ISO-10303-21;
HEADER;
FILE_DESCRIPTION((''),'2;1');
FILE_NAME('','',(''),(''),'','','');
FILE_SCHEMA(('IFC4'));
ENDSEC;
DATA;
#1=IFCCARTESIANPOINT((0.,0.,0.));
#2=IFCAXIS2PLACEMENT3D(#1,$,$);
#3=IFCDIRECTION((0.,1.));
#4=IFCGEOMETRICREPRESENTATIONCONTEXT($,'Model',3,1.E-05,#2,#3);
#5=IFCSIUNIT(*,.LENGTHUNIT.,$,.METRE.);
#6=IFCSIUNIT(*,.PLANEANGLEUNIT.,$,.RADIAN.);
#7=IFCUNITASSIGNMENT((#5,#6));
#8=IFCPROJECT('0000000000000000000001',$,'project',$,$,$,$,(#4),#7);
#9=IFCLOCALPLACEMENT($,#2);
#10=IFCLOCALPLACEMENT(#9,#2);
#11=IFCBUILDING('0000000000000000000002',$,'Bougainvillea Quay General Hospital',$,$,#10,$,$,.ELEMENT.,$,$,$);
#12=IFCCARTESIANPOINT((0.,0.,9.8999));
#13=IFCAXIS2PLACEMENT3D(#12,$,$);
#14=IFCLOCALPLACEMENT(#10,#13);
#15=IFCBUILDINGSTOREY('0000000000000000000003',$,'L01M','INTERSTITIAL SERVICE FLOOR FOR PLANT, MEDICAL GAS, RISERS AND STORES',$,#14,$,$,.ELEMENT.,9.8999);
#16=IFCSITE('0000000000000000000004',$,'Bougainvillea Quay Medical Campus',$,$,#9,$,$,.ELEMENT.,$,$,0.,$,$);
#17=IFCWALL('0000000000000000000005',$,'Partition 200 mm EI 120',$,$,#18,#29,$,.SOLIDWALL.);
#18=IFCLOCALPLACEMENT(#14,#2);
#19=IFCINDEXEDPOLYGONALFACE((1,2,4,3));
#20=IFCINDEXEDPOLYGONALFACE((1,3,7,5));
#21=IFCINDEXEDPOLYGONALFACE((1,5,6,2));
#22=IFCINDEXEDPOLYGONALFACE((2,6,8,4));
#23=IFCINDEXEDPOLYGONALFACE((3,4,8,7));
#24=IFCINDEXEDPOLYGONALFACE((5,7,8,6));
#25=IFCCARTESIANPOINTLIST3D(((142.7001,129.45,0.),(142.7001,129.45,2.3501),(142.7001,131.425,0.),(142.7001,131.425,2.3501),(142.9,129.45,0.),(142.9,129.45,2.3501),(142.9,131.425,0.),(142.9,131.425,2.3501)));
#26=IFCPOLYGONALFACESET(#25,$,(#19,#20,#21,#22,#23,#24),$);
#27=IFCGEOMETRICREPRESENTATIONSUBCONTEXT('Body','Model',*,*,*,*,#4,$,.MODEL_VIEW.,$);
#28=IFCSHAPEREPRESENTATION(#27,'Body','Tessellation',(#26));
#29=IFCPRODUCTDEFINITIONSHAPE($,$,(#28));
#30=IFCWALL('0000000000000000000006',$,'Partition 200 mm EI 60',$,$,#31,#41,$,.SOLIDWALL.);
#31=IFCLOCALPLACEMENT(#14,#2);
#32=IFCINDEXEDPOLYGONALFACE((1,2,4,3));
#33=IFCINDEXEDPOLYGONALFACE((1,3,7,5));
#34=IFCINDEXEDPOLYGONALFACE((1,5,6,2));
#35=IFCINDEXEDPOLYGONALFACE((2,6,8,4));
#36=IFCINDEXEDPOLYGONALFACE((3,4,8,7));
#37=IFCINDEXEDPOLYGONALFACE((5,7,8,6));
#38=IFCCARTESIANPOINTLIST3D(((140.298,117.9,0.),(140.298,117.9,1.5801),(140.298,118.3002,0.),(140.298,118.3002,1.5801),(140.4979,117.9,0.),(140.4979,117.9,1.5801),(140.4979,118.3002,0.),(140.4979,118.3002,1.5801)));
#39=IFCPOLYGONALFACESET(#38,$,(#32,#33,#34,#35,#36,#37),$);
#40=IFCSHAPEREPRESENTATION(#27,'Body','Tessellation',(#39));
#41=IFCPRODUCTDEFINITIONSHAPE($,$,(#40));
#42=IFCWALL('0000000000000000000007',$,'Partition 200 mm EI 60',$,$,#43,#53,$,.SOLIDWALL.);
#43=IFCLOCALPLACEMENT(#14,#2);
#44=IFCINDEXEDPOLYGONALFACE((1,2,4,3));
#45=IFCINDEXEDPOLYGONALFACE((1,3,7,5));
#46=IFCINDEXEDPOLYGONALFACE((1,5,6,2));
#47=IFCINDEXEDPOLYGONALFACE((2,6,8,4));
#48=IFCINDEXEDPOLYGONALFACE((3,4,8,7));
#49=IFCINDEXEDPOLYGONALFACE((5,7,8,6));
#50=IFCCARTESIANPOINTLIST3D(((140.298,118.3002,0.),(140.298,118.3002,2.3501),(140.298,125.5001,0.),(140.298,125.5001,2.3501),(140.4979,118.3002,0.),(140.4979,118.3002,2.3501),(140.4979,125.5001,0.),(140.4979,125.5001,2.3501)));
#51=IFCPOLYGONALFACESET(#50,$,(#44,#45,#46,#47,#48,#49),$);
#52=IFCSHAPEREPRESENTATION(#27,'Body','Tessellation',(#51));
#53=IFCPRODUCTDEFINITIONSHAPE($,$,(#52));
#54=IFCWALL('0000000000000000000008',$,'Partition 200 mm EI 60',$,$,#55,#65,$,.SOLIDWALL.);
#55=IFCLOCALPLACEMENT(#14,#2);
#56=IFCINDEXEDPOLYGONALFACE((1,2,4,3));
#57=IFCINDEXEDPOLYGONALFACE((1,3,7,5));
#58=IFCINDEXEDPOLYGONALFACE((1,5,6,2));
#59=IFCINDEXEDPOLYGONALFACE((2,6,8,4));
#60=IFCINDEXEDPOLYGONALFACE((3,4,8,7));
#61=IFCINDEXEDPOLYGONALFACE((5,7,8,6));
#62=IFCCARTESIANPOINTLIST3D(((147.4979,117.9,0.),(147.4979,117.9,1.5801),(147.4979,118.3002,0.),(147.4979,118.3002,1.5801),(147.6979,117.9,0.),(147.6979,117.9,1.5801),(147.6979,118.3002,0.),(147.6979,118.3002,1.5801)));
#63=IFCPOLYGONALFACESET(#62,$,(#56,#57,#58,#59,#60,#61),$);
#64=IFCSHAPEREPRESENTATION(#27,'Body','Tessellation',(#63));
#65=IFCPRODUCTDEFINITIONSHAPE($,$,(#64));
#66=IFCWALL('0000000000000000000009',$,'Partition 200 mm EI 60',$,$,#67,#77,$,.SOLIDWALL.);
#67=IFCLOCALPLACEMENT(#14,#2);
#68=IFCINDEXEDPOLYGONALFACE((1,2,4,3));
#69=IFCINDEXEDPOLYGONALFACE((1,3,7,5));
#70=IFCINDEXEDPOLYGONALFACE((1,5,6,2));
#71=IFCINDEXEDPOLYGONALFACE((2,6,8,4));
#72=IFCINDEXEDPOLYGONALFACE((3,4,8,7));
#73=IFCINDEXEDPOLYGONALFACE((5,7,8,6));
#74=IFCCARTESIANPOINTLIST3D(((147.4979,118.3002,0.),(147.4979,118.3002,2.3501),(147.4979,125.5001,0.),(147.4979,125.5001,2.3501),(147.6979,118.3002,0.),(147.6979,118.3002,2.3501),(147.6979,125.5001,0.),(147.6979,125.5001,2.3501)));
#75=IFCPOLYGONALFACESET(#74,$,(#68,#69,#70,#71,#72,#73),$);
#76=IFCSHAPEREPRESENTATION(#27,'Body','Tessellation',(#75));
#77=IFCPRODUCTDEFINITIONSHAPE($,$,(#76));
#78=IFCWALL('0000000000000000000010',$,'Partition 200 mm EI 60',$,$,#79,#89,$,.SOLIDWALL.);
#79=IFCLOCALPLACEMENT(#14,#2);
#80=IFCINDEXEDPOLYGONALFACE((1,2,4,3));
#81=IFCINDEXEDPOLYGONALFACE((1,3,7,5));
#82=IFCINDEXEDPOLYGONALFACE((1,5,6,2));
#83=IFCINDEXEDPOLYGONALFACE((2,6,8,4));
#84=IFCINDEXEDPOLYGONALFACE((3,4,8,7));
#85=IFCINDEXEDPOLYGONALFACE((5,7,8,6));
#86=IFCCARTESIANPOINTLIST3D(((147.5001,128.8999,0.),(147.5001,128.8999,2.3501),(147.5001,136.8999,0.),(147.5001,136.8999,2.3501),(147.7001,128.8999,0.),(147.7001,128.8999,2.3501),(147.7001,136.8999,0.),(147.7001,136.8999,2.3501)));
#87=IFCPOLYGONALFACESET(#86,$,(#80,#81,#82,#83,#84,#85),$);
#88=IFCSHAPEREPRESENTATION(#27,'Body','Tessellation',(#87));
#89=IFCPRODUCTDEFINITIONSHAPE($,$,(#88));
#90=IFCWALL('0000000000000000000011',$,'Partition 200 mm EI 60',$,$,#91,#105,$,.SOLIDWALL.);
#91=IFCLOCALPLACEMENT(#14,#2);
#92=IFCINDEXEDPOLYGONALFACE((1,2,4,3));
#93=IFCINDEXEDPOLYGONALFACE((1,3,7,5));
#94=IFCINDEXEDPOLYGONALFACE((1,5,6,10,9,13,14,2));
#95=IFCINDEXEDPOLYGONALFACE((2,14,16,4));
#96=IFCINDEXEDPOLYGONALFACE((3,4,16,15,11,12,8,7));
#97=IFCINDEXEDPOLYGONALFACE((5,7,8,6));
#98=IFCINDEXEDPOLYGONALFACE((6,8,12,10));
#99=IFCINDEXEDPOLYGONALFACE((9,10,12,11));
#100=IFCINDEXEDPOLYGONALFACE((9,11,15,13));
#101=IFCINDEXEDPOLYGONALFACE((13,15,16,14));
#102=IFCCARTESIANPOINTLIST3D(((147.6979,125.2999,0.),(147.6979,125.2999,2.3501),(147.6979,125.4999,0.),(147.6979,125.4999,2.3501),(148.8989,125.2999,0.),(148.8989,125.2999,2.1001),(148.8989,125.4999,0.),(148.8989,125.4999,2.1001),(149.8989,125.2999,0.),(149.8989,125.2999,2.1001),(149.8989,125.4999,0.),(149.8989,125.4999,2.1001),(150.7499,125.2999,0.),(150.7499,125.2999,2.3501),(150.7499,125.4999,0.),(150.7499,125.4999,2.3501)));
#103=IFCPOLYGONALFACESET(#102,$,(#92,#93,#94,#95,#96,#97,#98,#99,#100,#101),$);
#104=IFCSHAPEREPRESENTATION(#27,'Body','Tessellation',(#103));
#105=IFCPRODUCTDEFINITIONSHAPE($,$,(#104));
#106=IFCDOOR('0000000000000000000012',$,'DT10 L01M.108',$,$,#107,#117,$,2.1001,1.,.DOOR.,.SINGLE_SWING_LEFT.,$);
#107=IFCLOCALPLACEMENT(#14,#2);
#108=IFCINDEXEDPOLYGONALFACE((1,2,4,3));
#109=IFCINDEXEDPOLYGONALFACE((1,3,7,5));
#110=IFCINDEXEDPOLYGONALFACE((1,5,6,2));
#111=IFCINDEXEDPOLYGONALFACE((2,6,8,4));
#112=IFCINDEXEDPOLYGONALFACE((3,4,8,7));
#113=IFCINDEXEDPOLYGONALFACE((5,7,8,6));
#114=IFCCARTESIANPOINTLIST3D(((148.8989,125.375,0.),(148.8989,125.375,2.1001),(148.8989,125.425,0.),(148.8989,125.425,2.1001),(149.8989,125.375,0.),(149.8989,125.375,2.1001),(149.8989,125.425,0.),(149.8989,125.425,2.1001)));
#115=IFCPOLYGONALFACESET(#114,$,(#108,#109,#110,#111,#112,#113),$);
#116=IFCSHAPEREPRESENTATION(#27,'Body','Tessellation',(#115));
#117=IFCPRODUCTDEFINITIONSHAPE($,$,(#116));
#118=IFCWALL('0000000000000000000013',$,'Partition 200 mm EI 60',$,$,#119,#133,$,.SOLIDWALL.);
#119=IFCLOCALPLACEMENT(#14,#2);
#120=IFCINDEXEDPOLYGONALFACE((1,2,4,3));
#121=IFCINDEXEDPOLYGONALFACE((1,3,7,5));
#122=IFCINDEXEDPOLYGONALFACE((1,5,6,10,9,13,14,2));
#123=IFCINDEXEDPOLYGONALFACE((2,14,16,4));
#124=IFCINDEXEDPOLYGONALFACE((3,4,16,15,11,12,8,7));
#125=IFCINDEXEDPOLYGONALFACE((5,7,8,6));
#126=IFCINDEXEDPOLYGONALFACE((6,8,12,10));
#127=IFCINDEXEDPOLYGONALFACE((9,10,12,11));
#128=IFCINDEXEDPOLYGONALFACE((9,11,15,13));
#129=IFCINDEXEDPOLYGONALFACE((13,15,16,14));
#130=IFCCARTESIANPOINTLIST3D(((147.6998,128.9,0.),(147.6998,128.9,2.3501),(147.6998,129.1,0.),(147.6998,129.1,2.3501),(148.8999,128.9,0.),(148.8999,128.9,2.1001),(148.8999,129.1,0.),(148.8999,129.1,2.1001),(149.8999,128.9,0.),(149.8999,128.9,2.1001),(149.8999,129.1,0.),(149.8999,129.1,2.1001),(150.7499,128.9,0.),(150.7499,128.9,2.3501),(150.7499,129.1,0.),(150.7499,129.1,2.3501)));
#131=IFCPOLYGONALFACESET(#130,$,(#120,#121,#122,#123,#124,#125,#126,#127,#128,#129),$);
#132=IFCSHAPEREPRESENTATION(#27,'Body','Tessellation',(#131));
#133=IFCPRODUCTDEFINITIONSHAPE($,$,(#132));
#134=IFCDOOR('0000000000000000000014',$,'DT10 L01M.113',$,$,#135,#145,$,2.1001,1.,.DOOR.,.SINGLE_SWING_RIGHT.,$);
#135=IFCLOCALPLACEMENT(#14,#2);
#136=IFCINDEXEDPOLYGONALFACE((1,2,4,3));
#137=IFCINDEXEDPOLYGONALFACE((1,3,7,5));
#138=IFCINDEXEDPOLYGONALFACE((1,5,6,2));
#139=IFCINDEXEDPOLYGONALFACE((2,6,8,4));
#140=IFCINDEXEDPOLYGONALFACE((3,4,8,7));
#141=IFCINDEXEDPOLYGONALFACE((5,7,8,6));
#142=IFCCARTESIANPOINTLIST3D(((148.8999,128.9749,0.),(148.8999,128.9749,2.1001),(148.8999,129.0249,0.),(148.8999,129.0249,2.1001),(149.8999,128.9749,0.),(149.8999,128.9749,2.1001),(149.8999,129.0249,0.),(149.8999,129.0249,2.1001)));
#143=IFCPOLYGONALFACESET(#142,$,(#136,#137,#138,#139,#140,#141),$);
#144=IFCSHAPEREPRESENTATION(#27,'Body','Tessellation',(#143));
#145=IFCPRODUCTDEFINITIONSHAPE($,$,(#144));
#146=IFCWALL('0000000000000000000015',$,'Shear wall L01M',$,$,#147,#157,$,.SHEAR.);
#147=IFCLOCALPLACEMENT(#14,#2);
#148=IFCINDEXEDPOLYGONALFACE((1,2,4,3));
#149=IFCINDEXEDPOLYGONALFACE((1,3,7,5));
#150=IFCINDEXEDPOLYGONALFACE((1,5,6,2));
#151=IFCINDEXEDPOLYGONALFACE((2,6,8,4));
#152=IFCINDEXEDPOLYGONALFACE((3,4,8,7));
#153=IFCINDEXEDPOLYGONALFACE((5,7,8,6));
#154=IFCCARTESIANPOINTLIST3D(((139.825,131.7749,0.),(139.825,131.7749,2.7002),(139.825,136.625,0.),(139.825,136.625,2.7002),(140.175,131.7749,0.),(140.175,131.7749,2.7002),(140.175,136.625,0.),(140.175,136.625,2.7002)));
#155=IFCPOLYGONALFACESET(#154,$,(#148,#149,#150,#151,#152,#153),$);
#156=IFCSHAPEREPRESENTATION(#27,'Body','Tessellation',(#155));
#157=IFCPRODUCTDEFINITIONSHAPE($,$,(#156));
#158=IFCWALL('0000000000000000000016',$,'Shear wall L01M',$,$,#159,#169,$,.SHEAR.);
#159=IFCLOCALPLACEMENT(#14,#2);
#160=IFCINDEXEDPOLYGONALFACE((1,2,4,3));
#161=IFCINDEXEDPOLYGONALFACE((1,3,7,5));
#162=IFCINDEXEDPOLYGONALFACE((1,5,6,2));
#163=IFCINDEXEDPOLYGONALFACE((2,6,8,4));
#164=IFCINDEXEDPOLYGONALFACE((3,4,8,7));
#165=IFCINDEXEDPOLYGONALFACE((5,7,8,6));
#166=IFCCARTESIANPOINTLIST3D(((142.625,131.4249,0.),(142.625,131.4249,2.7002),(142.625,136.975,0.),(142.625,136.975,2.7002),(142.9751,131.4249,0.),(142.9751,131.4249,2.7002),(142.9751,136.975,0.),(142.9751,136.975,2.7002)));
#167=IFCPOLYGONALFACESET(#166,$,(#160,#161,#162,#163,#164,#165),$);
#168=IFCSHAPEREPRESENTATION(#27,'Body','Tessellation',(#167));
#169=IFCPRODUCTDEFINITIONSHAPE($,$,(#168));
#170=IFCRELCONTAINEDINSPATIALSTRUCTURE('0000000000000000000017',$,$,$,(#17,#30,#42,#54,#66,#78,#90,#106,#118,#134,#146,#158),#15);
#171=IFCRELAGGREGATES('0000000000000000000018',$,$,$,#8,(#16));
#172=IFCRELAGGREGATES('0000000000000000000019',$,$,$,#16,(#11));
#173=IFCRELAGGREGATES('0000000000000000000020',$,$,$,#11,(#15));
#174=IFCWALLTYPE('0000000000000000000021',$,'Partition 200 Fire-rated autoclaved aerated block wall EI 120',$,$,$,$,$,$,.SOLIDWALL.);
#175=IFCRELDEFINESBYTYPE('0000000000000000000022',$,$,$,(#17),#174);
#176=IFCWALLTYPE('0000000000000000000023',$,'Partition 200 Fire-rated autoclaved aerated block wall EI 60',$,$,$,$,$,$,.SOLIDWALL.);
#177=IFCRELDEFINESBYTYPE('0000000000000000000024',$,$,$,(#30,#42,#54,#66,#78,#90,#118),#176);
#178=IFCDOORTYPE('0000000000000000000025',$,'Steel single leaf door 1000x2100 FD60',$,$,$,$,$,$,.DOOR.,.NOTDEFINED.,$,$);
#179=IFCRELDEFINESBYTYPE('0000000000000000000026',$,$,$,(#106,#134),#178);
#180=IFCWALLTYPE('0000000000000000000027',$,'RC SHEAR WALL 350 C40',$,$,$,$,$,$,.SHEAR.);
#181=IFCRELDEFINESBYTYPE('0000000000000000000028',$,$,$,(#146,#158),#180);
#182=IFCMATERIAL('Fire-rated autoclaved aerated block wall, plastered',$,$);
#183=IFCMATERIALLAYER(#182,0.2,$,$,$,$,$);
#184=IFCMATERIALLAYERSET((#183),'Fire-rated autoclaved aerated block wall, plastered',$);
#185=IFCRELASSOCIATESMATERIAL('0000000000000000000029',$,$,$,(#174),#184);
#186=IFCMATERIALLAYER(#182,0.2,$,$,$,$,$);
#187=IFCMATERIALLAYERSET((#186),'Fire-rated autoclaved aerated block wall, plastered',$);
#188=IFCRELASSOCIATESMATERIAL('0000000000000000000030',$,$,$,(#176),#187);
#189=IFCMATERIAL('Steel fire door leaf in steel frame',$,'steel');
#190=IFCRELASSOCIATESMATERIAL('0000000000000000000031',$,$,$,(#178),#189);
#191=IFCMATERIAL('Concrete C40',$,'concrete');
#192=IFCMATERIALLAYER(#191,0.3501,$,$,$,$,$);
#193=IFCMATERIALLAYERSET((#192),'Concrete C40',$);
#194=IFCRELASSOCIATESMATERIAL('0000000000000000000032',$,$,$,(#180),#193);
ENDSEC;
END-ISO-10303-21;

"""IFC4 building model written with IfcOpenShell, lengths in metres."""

from ifc_helpers import new_model, si_unit, direction, frame, frame_2d, origin, place, context, subcontext, project, spatial, rectangle, extrude, material, layer, layer_set, type_object, element, fill, save


model = new_model("IFC4")

# Units and contexts
model_context = context("Model", 3, precision=1e-05, world=origin(), true_north=direction((0.0, 1.0)))
body_context = subcontext(model_context, "Body", "Model", "MODEL_VIEW")
ifc_project = project(units=[si_unit("LENGTHUNIT", "METRE"), si_unit("PLANEANGLEUNIT", "RADIAN")], contexts=[model_context])

# Site, building, storey
site_placement = place(None, origin())
site = spatial("IfcSite", under=ifc_project, at=site_placement, Name="Bougainvillea Quay Medical Campus", CompositionType="ELEMENT", RefElevation=0.0)
building_placement = place(site_placement, origin())
building = spatial("IfcBuilding", under=site, at=building_placement, Name="Bougainvillea Quay General Hospital", CompositionType="ELEMENT")
storey_placement = place(building_placement, frame((0.0, 0.0, 9.8999)))
storey = spatial("IfcBuildingStorey", under=building, at=storey_placement, Name="L01M", Description="INTERSTITIAL SERVICE FLOOR FOR PLANT, MEDICAL GAS, RISERS AND STORES", CompositionType="ELEMENT", Elevation=9.8999)

# Shared definitions
ifc_material_1 = material(Name="Concrete C40", Category="concrete")

# Walls
ifc_material_2 = material(Name="Fire-rated autoclaved aerated block wall, plastered")
ifc_layer_1 = layer(ifc_material_2, 0.2)
ifc_layer_set_1 = layer_set([ifc_layer_1], Name="Fire-rated autoclaved aerated block wall, plastered")
wall_type_1 = type_object("IfcWallType", Name="Partition 200 Fire-rated autoclaved aerated block wall EI 120", PredefinedType="SOLIDWALL", material=ifc_layer_set_1)
wall_1_placement = place(storey_placement, frame((142.8, 129.45, 0.0), z_axis=(0.0, 0.0, 1.0), x_axis=(0.0, 1.0, 0.0)))
element("IfcWall", 1, at=wall_1_placement, inside=storey, type_object=wall_type_1, Name="Partition 200 mm EI 120", PredefinedType="SOLIDWALL", context=body_context, shape_type="SweptSolid", body=[
    extrude(rectangle(XDim=1.9751, YDim=0.2, at=frame_2d((0.9875, 0.0))), origin(), (0.0, 0.0, 1.0), 2.3501),
])
ifc_layer_2 = layer(ifc_material_2, 0.2)
ifc_layer_set_2 = layer_set([ifc_layer_2], Name="Fire-rated autoclaved aerated block wall, plastered")
wall_type_2 = type_object("IfcWallType", Name="Partition 200 Fire-rated autoclaved aerated block wall EI 60", PredefinedType="SOLIDWALL", material=ifc_layer_set_2)
wall_2_placement = place(storey_placement, frame((140.3979, 117.8999, 0.0), z_axis=(0.0, 0.0, 1.0), x_axis=(0.0, 1.0, 0.0)))
element("IfcWall", 2, at=wall_2_placement, inside=storey, type_object=wall_type_2, Name="Partition 200 mm EI 60", PredefinedType="SOLIDWALL", context=body_context, shape_type="SweptSolid", body=[
    extrude(rectangle(XDim=0.4001, YDim=0.2, at=frame_2d((0.2002, 0.0))), origin(), (0.0, 0.0, 1.0), 1.5801),
])
wall_3_placement = place(storey_placement, frame((140.3979, 118.3, 0.0), z_axis=(0.0, 0.0, 1.0), x_axis=(0.0, 1.0, 0.0)))
element("IfcWall", 3, at=wall_3_placement, inside=storey, type_object=wall_type_2, Name="Partition 200 mm EI 60", PredefinedType="SOLIDWALL", context=body_context, shape_type="SweptSolid", body=[
    extrude(rectangle(XDim=7.2, YDim=0.2, at=frame_2d((3.6001, 0.0))), origin(), (0.0, 0.0, 1.0), 2.3501),
])
wall_4_placement = place(storey_placement, frame((147.5979, 117.8999, 0.0), z_axis=(0.0, 0.0, 1.0), x_axis=(0.0, 1.0, 0.0)))
element("IfcWall", 4, at=wall_4_placement, inside=storey, type_object=wall_type_2, Name="Partition 200 mm EI 60", PredefinedType="SOLIDWALL", context=body_context, shape_type="SweptSolid", body=[
    extrude(rectangle(XDim=0.4001, YDim=0.2, at=frame_2d((0.2002, 0.0))), origin(), (0.0, 0.0, 1.0), 1.5801),
])
wall_5_placement = place(storey_placement, frame((147.5979, 118.3, 0.0), z_axis=(0.0, 0.0, 1.0), x_axis=(0.0, 1.0, 0.0)))
element("IfcWall", 5, at=wall_5_placement, inside=storey, type_object=wall_type_2, Name="Partition 200 mm EI 60", PredefinedType="SOLIDWALL", context=body_context, shape_type="SweptSolid", body=[
    extrude(rectangle(XDim=7.2, YDim=0.2, at=frame_2d((3.6001, 0.0))), origin(), (0.0, 0.0, 1.0), 2.3501),
])
wall_6_placement = place(storey_placement, frame((147.6001, 128.8999, 0.0), z_axis=(0.0, 0.0, 1.0), x_axis=(0.0, 1.0, 0.0)))
element("IfcWall", 6, at=wall_6_placement, inside=storey, type_object=wall_type_2, Name="Partition 200 mm EI 60", PredefinedType="SOLIDWALL", context=body_context, shape_type="SweptSolid", body=[
    extrude(rectangle(XDim=8.0, YDim=0.2, at=frame_2d((4.0, 0.0))), origin(), (0.0, 0.0, 1.0), 2.3501),
])

# Walls, openings, doors
wall_7_placement = place(storey_placement, frame((147.698, 125.3999, 0.0), z_axis=(0.0, 0.0, 1.0), x_axis=(1.0, 0.0, 0.0)))
wall_7 = element("IfcWall", 7, at=wall_7_placement, inside=storey, type_object=wall_type_2, Name="Partition 200 mm EI 60", PredefinedType="SOLIDWALL", context=body_context, shape_type="SweptSolid", body=[
    extrude(rectangle(XDim=3.052, YDim=0.2, at=frame_2d((1.5259, 0.0))), origin(), (0.0, 0.0, 1.0), 2.3501),
])
opening_1_placement = place(wall_7_placement, frame((1.2009, 0.0, 0.0)))
opening_1 = element("IfcOpeningElement", 8, at=opening_1_placement, cuts=wall_7, PredefinedType="OPENING", context=body_context, shape_type="SweptSolid", body=[
    extrude(rectangle(XDim=1.0, YDim=2.1001, at=frame_2d((0.5, 1.05))), frame((0.0, 0.1099, 0.0), z_axis=(0.0, -1.0, 0.0), x_axis=(1.0, 0.0, 0.0)), (0.0, 0.0, 1.0), 0.22),
])
ifc_material_3 = material(Name="Steel fire door leaf in steel frame", Category="steel")
door_type_1 = type_object("IfcDoorType", Name="Steel single leaf door 1000x2100 FD60", OperationType="NOTDEFINED", PredefinedType="DOOR", material=ifc_material_3)
door_1_placement = place(opening_1_placement, frame((1.0, 0.0, 0.0), z_axis=(0.0, 0.0, 1.0), x_axis=(-1.0, 0.0, 0.0)))
door_1 = element("IfcDoor", 9, at=door_1_placement, inside=storey, type_object=door_type_1, Name="DT10 L01M.108", OperationType="SINGLE_SWING_LEFT", OverallHeight=2.1001, OverallWidth=1.0, PredefinedType="DOOR", context=body_context, shape_type="SweptSolid", body=[
    extrude(rectangle(XDim=1.0, YDim=2.1001, at=frame_2d((0.5, 1.05))), frame((0.0, 0.0249, 0.0), z_axis=(0.0, -1.0, 0.0), x_axis=(1.0, 0.0, 0.0)), (0.0, 0.0, 1.0), 0.05),
])
fill(opening_1, door_1)
wall_8_placement = place(storey_placement, frame((147.7, 129.0, 0.0), z_axis=(0.0, 0.0, 1.0), x_axis=(1.0, 0.0, 0.0)))
wall_8 = element("IfcWall", 10, at=wall_8_placement, inside=storey, type_object=wall_type_2, Name="Partition 200 mm EI 60", PredefinedType="SOLIDWALL", context=body_context, shape_type="SweptSolid", body=[
    extrude(rectangle(XDim=3.05, YDim=0.2, at=frame_2d((1.5249, 0.0))), origin(), (0.0, 0.0, 1.0), 2.3501),
])
opening_2_placement = place(wall_8_placement, frame((1.2, 0.0, 0.0)))
opening_2 = element("IfcOpeningElement", 11, at=opening_2_placement, cuts=wall_8, PredefinedType="OPENING", context=body_context, shape_type="SweptSolid", body=[
    extrude(rectangle(XDim=1.0, YDim=2.1001, at=frame_2d((0.5, 1.05))), frame((0.0, 0.1099, 0.0), z_axis=(0.0, -1.0, 0.0), x_axis=(1.0, 0.0, 0.0)), (0.0, 0.0, 1.0), 0.22),
])
door_2_placement = place(opening_2_placement, origin())
door_2 = element("IfcDoor", 12, at=door_2_placement, inside=storey, type_object=door_type_1, Name="DT10 L01M.113", OperationType="SINGLE_SWING_RIGHT", OverallHeight=2.1001, OverallWidth=1.0, PredefinedType="DOOR", context=body_context, shape_type="SweptSolid", body=[
    extrude(rectangle(XDim=1.0, YDim=2.1001, at=frame_2d((0.5, 1.05))), frame((0.0, 0.0249, 0.0), z_axis=(0.0, -1.0, 0.0), x_axis=(1.0, 0.0, 0.0)), (0.0, 0.0, 1.0), 0.05),
])
fill(opening_2, door_2)

# Walls
ifc_layer_3 = layer(ifc_material_1, 0.3501)
ifc_layer_set_3 = layer_set([ifc_layer_3], Name="Concrete C40")
wall_type_3 = type_object("IfcWallType", Name="RC SHEAR WALL 350 C40", PredefinedType="SHEAR", material=ifc_layer_set_3)
wall_9_placement = place(storey_placement, frame((140.0, 131.7749, 0.0), z_axis=(0.0, 0.0, 1.0), x_axis=(0.0, 1.0, 0.0)))
element("IfcWall", 13, at=wall_9_placement, inside=storey, type_object=wall_type_3, Name="Shear wall L01M", PredefinedType="SHEAR", context=body_context, shape_type="SweptSolid", body=[
    extrude(rectangle(XDim=4.8501, YDim=0.3501, at=frame_2d((2.425, 0.0))), origin(), (0.0, 0.0, 1.0), 2.7002),
])
wall_10_placement = place(storey_placement, frame((142.8, 131.425, 0.0), z_axis=(0.0, 0.0, 1.0), x_axis=(0.0, 1.0, 0.0)))
element("IfcWall", 14, at=wall_10_placement, inside=storey, type_object=wall_type_3, Name="Shear wall L01M", PredefinedType="SHEAR", context=body_context, shape_type="SweptSolid", body=[
    extrude(rectangle(XDim=5.55, YDim=0.3501, at=frame_2d((2.7749, 0.0))), origin(), (0.0, 0.0, 1.0), 2.7002),
])

save(model, "model.ifc")
